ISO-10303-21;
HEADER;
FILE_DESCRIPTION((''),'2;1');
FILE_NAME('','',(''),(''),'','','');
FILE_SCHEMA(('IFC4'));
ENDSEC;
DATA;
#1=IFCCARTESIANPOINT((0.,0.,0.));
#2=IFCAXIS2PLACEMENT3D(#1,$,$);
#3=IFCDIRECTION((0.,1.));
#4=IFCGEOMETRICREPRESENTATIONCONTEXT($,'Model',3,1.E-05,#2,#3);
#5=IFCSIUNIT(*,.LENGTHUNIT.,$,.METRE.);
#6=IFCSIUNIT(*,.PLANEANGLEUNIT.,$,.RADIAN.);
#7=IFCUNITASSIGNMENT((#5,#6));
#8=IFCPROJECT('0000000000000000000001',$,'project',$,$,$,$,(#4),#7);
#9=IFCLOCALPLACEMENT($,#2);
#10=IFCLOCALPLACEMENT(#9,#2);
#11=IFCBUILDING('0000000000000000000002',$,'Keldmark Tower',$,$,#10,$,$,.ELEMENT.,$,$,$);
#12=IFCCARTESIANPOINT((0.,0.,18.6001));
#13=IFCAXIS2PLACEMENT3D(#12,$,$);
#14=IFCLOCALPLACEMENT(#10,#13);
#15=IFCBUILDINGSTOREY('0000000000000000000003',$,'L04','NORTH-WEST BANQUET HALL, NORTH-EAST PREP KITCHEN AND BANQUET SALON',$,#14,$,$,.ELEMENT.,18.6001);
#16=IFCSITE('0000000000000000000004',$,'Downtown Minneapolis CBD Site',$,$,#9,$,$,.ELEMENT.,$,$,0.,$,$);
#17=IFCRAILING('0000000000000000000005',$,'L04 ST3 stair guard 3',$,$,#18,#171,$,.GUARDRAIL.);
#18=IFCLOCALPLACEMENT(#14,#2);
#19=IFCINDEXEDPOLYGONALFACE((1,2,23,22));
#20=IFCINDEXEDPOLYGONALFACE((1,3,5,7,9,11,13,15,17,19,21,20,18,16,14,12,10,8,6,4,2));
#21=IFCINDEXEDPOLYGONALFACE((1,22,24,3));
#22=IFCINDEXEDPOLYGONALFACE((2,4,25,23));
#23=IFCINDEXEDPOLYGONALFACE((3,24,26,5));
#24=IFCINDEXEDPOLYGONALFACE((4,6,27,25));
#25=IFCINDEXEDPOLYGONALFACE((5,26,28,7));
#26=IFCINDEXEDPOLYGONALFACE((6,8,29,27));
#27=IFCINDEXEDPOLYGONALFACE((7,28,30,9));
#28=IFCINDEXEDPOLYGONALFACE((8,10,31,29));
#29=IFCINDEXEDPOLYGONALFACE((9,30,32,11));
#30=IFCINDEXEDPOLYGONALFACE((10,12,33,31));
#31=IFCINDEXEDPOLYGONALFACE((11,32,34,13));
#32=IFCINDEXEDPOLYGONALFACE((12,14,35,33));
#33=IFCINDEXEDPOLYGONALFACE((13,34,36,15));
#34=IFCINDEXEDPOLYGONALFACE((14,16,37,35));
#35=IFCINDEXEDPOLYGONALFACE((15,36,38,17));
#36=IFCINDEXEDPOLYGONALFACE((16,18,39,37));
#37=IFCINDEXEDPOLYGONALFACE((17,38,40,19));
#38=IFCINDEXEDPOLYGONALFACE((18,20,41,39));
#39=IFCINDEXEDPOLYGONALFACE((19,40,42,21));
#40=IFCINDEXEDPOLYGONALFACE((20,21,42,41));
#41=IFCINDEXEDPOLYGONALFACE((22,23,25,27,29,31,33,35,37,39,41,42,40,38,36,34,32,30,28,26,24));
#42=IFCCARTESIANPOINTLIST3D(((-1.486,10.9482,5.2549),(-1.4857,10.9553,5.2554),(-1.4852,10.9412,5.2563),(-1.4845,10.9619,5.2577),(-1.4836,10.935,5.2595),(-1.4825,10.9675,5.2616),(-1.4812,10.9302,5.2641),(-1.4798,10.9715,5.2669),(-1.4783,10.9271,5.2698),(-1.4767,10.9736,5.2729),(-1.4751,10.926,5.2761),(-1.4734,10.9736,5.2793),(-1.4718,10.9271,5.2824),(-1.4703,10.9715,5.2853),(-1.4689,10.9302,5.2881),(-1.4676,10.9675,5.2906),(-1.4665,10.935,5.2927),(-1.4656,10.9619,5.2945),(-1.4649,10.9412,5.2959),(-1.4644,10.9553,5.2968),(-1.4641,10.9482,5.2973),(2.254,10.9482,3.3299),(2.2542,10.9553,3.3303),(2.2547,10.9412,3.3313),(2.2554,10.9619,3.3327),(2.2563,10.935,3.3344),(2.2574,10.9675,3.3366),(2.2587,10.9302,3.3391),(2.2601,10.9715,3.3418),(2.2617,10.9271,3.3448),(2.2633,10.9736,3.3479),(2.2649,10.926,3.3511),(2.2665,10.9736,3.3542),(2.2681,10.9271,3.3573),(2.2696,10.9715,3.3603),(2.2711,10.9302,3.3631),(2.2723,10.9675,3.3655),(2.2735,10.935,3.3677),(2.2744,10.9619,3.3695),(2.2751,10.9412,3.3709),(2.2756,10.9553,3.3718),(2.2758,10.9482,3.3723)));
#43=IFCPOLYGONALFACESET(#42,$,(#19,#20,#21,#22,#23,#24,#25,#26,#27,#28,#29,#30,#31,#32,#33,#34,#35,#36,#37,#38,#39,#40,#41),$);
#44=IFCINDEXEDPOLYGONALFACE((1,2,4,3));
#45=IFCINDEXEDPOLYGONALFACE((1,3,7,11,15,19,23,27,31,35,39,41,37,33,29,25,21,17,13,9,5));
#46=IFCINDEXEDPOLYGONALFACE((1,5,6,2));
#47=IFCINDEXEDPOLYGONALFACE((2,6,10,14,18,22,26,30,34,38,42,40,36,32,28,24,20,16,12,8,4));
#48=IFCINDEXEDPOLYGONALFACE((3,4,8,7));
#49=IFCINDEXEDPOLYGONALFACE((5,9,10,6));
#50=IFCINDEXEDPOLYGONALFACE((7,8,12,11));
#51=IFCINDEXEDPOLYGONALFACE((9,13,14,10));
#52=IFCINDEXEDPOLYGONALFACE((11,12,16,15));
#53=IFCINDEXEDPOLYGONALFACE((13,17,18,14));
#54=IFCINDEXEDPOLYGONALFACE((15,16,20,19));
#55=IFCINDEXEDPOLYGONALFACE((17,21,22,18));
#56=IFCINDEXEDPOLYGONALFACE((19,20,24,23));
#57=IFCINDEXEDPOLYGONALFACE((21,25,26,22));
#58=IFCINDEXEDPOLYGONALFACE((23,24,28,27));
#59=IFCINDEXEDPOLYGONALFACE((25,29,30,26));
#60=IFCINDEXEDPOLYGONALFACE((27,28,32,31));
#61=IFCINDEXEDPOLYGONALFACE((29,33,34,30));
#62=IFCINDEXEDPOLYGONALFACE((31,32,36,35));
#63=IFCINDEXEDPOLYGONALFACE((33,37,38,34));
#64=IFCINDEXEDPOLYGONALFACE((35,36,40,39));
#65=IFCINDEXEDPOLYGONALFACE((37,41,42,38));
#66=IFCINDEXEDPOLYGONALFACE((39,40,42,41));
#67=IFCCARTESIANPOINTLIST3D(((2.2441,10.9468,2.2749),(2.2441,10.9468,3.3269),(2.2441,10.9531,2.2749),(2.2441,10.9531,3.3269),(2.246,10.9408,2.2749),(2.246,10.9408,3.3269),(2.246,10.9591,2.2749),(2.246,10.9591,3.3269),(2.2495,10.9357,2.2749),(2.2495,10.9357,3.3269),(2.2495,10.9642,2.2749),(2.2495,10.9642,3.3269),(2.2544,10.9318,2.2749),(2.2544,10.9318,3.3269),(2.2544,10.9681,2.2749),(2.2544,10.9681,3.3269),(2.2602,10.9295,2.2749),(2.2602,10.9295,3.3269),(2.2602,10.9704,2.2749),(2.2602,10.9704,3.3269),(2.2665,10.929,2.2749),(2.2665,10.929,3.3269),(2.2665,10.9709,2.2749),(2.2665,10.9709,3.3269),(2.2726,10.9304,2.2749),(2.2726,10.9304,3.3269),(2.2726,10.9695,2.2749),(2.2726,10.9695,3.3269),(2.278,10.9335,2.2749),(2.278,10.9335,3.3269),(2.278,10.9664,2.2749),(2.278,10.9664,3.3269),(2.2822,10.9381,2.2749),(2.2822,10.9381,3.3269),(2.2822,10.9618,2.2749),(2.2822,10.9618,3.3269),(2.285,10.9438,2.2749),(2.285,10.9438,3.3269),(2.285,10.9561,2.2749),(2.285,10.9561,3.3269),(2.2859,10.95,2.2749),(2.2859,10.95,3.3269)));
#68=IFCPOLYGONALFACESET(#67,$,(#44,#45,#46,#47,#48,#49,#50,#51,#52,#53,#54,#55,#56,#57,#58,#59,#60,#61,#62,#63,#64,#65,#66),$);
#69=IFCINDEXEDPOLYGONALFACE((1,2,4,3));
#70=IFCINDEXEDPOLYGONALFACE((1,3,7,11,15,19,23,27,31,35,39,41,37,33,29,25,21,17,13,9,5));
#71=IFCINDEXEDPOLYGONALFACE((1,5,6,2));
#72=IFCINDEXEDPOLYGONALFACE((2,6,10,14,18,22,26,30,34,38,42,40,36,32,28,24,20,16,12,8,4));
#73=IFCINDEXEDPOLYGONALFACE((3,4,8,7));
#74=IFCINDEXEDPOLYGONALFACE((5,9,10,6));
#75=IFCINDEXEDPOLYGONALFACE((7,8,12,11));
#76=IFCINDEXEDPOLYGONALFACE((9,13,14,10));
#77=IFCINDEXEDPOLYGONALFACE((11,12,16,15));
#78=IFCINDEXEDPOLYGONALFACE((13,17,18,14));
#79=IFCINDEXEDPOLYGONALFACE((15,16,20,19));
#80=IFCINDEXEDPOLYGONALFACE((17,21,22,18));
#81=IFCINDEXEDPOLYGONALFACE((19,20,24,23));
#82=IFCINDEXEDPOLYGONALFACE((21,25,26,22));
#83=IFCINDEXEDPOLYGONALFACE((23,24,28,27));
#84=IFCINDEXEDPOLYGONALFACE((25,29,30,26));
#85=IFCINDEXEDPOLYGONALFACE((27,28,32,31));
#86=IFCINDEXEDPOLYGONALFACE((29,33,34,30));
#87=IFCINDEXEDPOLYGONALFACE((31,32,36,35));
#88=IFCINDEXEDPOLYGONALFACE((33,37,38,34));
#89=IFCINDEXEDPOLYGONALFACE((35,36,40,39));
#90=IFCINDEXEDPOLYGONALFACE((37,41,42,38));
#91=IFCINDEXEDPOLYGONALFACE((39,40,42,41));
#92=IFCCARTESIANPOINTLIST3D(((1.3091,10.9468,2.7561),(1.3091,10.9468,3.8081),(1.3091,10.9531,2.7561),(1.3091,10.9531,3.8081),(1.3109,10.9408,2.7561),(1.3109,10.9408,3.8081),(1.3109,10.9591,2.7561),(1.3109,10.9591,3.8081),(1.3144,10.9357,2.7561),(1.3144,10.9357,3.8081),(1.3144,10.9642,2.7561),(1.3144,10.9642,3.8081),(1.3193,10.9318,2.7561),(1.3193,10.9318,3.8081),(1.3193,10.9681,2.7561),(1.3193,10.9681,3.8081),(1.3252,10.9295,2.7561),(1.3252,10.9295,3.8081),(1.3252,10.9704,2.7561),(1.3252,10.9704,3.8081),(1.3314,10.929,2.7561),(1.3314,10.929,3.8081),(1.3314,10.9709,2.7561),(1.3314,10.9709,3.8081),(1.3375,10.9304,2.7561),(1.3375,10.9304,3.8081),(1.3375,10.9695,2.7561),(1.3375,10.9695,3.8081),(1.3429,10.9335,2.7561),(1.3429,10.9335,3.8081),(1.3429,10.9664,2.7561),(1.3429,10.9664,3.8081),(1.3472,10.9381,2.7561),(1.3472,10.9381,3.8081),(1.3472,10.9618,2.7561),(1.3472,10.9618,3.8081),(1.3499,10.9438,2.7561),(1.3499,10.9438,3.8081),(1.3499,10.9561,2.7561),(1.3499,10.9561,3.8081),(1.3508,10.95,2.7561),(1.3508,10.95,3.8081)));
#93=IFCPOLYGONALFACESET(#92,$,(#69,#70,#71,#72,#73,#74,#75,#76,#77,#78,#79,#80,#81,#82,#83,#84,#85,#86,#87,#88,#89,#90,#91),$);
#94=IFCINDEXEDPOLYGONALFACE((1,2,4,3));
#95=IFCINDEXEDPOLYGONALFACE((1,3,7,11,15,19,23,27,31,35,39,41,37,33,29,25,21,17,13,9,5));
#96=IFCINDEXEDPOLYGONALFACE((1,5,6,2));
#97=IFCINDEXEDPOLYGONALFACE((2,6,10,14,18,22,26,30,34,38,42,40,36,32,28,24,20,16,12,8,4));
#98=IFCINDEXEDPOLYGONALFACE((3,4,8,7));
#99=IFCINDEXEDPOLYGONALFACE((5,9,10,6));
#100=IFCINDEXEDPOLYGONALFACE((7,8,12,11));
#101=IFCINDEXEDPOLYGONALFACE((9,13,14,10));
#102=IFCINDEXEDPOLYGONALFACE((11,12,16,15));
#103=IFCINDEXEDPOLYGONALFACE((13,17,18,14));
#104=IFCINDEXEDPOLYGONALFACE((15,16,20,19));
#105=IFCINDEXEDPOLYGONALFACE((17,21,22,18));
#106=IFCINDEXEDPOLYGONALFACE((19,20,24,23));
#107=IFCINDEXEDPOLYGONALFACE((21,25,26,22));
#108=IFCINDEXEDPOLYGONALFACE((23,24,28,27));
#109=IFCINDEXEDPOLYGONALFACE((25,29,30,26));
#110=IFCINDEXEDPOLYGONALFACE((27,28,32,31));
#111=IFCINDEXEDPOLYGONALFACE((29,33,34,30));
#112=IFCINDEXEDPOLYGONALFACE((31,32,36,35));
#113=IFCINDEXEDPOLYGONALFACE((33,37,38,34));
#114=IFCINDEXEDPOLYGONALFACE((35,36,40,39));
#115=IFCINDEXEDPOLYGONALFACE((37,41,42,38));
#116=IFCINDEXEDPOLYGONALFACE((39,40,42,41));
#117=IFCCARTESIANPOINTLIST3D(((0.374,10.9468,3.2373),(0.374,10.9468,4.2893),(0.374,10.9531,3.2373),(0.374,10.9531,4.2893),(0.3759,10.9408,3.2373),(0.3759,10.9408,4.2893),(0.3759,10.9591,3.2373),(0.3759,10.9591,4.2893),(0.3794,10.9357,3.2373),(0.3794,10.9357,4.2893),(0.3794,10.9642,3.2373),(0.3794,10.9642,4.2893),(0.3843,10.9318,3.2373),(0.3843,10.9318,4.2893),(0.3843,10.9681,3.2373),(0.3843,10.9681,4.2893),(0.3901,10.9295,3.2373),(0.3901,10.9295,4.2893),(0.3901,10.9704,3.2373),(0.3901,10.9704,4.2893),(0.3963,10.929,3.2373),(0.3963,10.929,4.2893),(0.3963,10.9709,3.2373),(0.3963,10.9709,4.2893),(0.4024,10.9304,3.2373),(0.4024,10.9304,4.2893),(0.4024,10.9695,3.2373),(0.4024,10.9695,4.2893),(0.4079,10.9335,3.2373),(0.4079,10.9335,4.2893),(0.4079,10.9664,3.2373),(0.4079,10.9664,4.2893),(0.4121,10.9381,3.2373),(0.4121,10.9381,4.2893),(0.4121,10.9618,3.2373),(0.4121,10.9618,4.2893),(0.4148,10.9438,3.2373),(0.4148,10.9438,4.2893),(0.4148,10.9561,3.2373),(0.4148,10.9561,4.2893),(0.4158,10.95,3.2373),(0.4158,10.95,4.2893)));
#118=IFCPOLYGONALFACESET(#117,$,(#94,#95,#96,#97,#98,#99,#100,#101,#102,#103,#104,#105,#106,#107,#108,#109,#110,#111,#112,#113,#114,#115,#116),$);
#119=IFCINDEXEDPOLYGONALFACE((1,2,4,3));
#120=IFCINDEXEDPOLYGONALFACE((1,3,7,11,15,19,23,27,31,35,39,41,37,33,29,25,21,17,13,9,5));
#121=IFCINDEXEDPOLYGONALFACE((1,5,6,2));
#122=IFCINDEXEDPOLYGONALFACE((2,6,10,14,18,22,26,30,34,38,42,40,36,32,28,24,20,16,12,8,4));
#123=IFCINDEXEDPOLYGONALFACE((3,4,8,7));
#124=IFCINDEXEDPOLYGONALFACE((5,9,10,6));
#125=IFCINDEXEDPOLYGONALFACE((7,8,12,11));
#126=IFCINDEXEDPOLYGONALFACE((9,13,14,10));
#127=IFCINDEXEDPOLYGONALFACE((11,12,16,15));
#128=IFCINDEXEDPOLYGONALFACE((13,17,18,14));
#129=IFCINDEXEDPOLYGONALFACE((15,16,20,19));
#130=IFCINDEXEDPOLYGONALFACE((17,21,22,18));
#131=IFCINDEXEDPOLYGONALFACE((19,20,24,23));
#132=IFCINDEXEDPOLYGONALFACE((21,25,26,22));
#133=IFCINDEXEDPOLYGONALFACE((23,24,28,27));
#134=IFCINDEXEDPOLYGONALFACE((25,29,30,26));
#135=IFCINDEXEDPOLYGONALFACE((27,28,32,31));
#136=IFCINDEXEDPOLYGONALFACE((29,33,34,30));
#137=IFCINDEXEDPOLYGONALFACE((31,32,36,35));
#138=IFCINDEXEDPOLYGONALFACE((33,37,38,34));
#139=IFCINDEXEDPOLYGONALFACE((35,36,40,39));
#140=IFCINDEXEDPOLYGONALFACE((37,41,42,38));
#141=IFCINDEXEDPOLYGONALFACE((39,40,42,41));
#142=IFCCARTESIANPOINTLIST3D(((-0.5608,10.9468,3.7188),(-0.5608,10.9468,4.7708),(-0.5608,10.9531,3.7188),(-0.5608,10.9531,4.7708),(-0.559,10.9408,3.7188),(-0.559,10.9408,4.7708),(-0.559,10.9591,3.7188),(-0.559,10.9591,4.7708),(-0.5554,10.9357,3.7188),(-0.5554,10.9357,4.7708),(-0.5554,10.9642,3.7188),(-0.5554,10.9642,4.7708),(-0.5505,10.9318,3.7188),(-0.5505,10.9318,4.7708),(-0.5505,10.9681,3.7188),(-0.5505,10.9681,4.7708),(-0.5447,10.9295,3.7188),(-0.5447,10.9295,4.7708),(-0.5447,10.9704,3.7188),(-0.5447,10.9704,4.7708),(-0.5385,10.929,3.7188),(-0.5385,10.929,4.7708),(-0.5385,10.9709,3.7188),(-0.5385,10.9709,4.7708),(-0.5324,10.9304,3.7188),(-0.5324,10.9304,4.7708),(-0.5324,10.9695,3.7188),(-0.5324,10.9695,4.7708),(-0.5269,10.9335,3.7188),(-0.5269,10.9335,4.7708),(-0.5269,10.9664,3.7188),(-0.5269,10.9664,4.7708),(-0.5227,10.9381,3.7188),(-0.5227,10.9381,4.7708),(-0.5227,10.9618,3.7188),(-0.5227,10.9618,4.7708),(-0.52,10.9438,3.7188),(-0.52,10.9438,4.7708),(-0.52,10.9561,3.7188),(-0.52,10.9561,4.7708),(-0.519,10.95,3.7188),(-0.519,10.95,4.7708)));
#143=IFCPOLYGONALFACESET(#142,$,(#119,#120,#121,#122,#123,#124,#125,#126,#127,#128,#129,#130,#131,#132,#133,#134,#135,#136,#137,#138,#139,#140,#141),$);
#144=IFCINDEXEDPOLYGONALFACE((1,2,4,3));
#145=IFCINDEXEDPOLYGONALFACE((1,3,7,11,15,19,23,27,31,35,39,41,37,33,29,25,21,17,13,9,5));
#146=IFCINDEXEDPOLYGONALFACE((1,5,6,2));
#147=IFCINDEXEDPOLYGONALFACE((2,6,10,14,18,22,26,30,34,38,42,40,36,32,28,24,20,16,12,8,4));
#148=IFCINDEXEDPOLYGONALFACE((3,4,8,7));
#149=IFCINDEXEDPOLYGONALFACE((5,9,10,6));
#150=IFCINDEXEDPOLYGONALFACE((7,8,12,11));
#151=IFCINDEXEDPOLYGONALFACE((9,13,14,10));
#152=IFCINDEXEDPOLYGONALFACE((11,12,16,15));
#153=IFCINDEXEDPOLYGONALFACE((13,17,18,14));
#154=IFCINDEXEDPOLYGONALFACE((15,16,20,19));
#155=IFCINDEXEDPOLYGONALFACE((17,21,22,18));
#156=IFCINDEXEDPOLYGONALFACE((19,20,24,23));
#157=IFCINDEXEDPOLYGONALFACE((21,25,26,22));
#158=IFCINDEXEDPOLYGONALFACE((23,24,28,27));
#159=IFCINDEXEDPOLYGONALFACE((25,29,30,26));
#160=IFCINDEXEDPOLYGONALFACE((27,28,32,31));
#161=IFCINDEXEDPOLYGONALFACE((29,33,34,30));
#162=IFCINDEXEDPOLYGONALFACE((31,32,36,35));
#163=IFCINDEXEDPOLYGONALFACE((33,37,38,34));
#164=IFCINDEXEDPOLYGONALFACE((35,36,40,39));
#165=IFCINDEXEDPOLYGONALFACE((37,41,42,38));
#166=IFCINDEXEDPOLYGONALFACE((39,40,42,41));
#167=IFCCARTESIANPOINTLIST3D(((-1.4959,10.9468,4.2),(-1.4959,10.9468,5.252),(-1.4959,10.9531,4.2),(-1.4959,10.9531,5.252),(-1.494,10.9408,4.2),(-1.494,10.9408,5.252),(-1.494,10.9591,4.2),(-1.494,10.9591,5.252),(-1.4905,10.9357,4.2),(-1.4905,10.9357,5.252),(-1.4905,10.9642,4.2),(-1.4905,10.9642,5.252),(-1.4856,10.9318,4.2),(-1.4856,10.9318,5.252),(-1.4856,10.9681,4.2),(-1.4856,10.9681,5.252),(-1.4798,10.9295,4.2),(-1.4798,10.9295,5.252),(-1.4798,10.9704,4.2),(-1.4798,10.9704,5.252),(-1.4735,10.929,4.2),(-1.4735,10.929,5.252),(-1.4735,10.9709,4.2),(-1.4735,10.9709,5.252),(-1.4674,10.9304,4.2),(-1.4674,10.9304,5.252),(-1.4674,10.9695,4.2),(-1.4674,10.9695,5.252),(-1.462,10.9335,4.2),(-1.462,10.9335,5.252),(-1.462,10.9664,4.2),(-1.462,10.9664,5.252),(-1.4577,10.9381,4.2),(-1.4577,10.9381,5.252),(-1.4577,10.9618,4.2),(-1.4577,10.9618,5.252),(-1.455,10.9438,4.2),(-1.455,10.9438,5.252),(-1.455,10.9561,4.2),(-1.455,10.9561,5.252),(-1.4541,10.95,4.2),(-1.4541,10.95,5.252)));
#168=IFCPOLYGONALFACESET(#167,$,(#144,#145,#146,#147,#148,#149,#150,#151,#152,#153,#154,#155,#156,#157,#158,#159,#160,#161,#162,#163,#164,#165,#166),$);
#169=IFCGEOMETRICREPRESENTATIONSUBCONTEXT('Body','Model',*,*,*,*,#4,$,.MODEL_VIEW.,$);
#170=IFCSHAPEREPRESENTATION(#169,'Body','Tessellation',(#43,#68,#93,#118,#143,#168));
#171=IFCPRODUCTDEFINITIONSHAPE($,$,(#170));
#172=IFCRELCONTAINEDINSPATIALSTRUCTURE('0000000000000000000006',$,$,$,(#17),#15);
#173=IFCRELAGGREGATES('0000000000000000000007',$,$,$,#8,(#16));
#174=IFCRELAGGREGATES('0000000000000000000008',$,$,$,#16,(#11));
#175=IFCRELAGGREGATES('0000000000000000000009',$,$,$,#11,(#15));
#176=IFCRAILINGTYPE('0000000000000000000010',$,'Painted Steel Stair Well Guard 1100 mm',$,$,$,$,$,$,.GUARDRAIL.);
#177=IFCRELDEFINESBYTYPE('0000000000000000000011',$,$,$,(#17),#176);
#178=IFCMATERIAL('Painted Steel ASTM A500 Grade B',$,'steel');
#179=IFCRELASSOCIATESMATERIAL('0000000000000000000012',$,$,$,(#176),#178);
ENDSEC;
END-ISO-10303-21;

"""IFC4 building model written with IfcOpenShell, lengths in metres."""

from ifc_helpers import new_model, si_unit, direction, frame, origin, origin_2d, place, context, subcontext, project, spatial, circle, extrude, material, type_object, element, save


model = new_model("IFC4")

# Units and contexts
model_context = context("Model", 3, precision=1e-05, world=origin(), true_north=direction((0.0, 1.0)))
body_context = subcontext(model_context, "Body", "Model", "MODEL_VIEW")
ifc_project = project(units=[si_unit("LENGTHUNIT", "METRE"), si_unit("PLANEANGLEUNIT", "RADIAN")], contexts=[model_context])

# Site, building, storey
site_placement = place(None, origin())
site = spatial("IfcSite", under=ifc_project, at=site_placement, Name="Downtown Minneapolis CBD Site", CompositionType="ELEMENT", RefElevation=0.0)
building_placement = place(site_placement, origin())
building = spatial("IfcBuilding", under=site, at=building_placement, Name="Keldmark Tower", CompositionType="ELEMENT")
storey_placement = place(building_placement, frame((0.0, 0.0, 18.6001)))
storey = spatial("IfcBuildingStorey", under=building, at=storey_placement, Name="L04", Description="NORTH-WEST BANQUET HALL, NORTH-EAST PREP KITCHEN AND BANQUET SALON", CompositionType="ELEMENT", Elevation=18.6001)

# Railing
ifc_material_1 = material(Name="Painted Steel ASTM A500 Grade B", Category="steel")
railing_type_1 = type_object("IfcRailingType", Name="Painted Steel Stair Well Guard 1100 mm", PredefinedType="GUARDRAIL", material=ifc_material_1)
railing_1_placement = place(storey_placement, frame((2.2649, 10.95, 2.2749)))
element("IfcRailing", 1, at=railing_1_placement, inside=storey, type_object=railing_type_1, Name="L04 ST3 stair guard 3", PredefinedType="GUARDRAIL", context=body_context, shape_type="SweptSolid", body=[
    extrude(circle(Radius=0.0239, at=origin_2d()), frame((0.0, 0.0, 1.0762), z_axis=(-0.889131, 0.0, 0.457654), x_axis=(0.0, -1.0, 0.0)), (0.0, 0.0, 1.0), 4.2063),
    extrude(circle(Radius=0.021, at=origin_2d()), origin(), (0.0, 0.0, 1.0), 1.052),
    extrude(circle(Radius=0.021, at=origin_2d()), frame((-0.9351, 0.0, 0.4812)), (0.0, 0.0, 1.0), 1.052),
    extrude(circle(Radius=0.021, at=origin_2d()), frame((-1.8701, 0.0, 0.9624)), (0.0, 0.0, 1.0), 1.052),
    extrude(circle(Radius=0.021, at=origin_2d()), frame((-2.8049, 0.0, 1.4438)), (0.0, 0.0, 1.0), 1.052),
    extrude(circle(Radius=0.021, at=origin_2d()), frame((-3.74, 0.0, 1.925)), (0.0, 0.0, 1.0), 1.052),
])

save(model, "model.ifc")
